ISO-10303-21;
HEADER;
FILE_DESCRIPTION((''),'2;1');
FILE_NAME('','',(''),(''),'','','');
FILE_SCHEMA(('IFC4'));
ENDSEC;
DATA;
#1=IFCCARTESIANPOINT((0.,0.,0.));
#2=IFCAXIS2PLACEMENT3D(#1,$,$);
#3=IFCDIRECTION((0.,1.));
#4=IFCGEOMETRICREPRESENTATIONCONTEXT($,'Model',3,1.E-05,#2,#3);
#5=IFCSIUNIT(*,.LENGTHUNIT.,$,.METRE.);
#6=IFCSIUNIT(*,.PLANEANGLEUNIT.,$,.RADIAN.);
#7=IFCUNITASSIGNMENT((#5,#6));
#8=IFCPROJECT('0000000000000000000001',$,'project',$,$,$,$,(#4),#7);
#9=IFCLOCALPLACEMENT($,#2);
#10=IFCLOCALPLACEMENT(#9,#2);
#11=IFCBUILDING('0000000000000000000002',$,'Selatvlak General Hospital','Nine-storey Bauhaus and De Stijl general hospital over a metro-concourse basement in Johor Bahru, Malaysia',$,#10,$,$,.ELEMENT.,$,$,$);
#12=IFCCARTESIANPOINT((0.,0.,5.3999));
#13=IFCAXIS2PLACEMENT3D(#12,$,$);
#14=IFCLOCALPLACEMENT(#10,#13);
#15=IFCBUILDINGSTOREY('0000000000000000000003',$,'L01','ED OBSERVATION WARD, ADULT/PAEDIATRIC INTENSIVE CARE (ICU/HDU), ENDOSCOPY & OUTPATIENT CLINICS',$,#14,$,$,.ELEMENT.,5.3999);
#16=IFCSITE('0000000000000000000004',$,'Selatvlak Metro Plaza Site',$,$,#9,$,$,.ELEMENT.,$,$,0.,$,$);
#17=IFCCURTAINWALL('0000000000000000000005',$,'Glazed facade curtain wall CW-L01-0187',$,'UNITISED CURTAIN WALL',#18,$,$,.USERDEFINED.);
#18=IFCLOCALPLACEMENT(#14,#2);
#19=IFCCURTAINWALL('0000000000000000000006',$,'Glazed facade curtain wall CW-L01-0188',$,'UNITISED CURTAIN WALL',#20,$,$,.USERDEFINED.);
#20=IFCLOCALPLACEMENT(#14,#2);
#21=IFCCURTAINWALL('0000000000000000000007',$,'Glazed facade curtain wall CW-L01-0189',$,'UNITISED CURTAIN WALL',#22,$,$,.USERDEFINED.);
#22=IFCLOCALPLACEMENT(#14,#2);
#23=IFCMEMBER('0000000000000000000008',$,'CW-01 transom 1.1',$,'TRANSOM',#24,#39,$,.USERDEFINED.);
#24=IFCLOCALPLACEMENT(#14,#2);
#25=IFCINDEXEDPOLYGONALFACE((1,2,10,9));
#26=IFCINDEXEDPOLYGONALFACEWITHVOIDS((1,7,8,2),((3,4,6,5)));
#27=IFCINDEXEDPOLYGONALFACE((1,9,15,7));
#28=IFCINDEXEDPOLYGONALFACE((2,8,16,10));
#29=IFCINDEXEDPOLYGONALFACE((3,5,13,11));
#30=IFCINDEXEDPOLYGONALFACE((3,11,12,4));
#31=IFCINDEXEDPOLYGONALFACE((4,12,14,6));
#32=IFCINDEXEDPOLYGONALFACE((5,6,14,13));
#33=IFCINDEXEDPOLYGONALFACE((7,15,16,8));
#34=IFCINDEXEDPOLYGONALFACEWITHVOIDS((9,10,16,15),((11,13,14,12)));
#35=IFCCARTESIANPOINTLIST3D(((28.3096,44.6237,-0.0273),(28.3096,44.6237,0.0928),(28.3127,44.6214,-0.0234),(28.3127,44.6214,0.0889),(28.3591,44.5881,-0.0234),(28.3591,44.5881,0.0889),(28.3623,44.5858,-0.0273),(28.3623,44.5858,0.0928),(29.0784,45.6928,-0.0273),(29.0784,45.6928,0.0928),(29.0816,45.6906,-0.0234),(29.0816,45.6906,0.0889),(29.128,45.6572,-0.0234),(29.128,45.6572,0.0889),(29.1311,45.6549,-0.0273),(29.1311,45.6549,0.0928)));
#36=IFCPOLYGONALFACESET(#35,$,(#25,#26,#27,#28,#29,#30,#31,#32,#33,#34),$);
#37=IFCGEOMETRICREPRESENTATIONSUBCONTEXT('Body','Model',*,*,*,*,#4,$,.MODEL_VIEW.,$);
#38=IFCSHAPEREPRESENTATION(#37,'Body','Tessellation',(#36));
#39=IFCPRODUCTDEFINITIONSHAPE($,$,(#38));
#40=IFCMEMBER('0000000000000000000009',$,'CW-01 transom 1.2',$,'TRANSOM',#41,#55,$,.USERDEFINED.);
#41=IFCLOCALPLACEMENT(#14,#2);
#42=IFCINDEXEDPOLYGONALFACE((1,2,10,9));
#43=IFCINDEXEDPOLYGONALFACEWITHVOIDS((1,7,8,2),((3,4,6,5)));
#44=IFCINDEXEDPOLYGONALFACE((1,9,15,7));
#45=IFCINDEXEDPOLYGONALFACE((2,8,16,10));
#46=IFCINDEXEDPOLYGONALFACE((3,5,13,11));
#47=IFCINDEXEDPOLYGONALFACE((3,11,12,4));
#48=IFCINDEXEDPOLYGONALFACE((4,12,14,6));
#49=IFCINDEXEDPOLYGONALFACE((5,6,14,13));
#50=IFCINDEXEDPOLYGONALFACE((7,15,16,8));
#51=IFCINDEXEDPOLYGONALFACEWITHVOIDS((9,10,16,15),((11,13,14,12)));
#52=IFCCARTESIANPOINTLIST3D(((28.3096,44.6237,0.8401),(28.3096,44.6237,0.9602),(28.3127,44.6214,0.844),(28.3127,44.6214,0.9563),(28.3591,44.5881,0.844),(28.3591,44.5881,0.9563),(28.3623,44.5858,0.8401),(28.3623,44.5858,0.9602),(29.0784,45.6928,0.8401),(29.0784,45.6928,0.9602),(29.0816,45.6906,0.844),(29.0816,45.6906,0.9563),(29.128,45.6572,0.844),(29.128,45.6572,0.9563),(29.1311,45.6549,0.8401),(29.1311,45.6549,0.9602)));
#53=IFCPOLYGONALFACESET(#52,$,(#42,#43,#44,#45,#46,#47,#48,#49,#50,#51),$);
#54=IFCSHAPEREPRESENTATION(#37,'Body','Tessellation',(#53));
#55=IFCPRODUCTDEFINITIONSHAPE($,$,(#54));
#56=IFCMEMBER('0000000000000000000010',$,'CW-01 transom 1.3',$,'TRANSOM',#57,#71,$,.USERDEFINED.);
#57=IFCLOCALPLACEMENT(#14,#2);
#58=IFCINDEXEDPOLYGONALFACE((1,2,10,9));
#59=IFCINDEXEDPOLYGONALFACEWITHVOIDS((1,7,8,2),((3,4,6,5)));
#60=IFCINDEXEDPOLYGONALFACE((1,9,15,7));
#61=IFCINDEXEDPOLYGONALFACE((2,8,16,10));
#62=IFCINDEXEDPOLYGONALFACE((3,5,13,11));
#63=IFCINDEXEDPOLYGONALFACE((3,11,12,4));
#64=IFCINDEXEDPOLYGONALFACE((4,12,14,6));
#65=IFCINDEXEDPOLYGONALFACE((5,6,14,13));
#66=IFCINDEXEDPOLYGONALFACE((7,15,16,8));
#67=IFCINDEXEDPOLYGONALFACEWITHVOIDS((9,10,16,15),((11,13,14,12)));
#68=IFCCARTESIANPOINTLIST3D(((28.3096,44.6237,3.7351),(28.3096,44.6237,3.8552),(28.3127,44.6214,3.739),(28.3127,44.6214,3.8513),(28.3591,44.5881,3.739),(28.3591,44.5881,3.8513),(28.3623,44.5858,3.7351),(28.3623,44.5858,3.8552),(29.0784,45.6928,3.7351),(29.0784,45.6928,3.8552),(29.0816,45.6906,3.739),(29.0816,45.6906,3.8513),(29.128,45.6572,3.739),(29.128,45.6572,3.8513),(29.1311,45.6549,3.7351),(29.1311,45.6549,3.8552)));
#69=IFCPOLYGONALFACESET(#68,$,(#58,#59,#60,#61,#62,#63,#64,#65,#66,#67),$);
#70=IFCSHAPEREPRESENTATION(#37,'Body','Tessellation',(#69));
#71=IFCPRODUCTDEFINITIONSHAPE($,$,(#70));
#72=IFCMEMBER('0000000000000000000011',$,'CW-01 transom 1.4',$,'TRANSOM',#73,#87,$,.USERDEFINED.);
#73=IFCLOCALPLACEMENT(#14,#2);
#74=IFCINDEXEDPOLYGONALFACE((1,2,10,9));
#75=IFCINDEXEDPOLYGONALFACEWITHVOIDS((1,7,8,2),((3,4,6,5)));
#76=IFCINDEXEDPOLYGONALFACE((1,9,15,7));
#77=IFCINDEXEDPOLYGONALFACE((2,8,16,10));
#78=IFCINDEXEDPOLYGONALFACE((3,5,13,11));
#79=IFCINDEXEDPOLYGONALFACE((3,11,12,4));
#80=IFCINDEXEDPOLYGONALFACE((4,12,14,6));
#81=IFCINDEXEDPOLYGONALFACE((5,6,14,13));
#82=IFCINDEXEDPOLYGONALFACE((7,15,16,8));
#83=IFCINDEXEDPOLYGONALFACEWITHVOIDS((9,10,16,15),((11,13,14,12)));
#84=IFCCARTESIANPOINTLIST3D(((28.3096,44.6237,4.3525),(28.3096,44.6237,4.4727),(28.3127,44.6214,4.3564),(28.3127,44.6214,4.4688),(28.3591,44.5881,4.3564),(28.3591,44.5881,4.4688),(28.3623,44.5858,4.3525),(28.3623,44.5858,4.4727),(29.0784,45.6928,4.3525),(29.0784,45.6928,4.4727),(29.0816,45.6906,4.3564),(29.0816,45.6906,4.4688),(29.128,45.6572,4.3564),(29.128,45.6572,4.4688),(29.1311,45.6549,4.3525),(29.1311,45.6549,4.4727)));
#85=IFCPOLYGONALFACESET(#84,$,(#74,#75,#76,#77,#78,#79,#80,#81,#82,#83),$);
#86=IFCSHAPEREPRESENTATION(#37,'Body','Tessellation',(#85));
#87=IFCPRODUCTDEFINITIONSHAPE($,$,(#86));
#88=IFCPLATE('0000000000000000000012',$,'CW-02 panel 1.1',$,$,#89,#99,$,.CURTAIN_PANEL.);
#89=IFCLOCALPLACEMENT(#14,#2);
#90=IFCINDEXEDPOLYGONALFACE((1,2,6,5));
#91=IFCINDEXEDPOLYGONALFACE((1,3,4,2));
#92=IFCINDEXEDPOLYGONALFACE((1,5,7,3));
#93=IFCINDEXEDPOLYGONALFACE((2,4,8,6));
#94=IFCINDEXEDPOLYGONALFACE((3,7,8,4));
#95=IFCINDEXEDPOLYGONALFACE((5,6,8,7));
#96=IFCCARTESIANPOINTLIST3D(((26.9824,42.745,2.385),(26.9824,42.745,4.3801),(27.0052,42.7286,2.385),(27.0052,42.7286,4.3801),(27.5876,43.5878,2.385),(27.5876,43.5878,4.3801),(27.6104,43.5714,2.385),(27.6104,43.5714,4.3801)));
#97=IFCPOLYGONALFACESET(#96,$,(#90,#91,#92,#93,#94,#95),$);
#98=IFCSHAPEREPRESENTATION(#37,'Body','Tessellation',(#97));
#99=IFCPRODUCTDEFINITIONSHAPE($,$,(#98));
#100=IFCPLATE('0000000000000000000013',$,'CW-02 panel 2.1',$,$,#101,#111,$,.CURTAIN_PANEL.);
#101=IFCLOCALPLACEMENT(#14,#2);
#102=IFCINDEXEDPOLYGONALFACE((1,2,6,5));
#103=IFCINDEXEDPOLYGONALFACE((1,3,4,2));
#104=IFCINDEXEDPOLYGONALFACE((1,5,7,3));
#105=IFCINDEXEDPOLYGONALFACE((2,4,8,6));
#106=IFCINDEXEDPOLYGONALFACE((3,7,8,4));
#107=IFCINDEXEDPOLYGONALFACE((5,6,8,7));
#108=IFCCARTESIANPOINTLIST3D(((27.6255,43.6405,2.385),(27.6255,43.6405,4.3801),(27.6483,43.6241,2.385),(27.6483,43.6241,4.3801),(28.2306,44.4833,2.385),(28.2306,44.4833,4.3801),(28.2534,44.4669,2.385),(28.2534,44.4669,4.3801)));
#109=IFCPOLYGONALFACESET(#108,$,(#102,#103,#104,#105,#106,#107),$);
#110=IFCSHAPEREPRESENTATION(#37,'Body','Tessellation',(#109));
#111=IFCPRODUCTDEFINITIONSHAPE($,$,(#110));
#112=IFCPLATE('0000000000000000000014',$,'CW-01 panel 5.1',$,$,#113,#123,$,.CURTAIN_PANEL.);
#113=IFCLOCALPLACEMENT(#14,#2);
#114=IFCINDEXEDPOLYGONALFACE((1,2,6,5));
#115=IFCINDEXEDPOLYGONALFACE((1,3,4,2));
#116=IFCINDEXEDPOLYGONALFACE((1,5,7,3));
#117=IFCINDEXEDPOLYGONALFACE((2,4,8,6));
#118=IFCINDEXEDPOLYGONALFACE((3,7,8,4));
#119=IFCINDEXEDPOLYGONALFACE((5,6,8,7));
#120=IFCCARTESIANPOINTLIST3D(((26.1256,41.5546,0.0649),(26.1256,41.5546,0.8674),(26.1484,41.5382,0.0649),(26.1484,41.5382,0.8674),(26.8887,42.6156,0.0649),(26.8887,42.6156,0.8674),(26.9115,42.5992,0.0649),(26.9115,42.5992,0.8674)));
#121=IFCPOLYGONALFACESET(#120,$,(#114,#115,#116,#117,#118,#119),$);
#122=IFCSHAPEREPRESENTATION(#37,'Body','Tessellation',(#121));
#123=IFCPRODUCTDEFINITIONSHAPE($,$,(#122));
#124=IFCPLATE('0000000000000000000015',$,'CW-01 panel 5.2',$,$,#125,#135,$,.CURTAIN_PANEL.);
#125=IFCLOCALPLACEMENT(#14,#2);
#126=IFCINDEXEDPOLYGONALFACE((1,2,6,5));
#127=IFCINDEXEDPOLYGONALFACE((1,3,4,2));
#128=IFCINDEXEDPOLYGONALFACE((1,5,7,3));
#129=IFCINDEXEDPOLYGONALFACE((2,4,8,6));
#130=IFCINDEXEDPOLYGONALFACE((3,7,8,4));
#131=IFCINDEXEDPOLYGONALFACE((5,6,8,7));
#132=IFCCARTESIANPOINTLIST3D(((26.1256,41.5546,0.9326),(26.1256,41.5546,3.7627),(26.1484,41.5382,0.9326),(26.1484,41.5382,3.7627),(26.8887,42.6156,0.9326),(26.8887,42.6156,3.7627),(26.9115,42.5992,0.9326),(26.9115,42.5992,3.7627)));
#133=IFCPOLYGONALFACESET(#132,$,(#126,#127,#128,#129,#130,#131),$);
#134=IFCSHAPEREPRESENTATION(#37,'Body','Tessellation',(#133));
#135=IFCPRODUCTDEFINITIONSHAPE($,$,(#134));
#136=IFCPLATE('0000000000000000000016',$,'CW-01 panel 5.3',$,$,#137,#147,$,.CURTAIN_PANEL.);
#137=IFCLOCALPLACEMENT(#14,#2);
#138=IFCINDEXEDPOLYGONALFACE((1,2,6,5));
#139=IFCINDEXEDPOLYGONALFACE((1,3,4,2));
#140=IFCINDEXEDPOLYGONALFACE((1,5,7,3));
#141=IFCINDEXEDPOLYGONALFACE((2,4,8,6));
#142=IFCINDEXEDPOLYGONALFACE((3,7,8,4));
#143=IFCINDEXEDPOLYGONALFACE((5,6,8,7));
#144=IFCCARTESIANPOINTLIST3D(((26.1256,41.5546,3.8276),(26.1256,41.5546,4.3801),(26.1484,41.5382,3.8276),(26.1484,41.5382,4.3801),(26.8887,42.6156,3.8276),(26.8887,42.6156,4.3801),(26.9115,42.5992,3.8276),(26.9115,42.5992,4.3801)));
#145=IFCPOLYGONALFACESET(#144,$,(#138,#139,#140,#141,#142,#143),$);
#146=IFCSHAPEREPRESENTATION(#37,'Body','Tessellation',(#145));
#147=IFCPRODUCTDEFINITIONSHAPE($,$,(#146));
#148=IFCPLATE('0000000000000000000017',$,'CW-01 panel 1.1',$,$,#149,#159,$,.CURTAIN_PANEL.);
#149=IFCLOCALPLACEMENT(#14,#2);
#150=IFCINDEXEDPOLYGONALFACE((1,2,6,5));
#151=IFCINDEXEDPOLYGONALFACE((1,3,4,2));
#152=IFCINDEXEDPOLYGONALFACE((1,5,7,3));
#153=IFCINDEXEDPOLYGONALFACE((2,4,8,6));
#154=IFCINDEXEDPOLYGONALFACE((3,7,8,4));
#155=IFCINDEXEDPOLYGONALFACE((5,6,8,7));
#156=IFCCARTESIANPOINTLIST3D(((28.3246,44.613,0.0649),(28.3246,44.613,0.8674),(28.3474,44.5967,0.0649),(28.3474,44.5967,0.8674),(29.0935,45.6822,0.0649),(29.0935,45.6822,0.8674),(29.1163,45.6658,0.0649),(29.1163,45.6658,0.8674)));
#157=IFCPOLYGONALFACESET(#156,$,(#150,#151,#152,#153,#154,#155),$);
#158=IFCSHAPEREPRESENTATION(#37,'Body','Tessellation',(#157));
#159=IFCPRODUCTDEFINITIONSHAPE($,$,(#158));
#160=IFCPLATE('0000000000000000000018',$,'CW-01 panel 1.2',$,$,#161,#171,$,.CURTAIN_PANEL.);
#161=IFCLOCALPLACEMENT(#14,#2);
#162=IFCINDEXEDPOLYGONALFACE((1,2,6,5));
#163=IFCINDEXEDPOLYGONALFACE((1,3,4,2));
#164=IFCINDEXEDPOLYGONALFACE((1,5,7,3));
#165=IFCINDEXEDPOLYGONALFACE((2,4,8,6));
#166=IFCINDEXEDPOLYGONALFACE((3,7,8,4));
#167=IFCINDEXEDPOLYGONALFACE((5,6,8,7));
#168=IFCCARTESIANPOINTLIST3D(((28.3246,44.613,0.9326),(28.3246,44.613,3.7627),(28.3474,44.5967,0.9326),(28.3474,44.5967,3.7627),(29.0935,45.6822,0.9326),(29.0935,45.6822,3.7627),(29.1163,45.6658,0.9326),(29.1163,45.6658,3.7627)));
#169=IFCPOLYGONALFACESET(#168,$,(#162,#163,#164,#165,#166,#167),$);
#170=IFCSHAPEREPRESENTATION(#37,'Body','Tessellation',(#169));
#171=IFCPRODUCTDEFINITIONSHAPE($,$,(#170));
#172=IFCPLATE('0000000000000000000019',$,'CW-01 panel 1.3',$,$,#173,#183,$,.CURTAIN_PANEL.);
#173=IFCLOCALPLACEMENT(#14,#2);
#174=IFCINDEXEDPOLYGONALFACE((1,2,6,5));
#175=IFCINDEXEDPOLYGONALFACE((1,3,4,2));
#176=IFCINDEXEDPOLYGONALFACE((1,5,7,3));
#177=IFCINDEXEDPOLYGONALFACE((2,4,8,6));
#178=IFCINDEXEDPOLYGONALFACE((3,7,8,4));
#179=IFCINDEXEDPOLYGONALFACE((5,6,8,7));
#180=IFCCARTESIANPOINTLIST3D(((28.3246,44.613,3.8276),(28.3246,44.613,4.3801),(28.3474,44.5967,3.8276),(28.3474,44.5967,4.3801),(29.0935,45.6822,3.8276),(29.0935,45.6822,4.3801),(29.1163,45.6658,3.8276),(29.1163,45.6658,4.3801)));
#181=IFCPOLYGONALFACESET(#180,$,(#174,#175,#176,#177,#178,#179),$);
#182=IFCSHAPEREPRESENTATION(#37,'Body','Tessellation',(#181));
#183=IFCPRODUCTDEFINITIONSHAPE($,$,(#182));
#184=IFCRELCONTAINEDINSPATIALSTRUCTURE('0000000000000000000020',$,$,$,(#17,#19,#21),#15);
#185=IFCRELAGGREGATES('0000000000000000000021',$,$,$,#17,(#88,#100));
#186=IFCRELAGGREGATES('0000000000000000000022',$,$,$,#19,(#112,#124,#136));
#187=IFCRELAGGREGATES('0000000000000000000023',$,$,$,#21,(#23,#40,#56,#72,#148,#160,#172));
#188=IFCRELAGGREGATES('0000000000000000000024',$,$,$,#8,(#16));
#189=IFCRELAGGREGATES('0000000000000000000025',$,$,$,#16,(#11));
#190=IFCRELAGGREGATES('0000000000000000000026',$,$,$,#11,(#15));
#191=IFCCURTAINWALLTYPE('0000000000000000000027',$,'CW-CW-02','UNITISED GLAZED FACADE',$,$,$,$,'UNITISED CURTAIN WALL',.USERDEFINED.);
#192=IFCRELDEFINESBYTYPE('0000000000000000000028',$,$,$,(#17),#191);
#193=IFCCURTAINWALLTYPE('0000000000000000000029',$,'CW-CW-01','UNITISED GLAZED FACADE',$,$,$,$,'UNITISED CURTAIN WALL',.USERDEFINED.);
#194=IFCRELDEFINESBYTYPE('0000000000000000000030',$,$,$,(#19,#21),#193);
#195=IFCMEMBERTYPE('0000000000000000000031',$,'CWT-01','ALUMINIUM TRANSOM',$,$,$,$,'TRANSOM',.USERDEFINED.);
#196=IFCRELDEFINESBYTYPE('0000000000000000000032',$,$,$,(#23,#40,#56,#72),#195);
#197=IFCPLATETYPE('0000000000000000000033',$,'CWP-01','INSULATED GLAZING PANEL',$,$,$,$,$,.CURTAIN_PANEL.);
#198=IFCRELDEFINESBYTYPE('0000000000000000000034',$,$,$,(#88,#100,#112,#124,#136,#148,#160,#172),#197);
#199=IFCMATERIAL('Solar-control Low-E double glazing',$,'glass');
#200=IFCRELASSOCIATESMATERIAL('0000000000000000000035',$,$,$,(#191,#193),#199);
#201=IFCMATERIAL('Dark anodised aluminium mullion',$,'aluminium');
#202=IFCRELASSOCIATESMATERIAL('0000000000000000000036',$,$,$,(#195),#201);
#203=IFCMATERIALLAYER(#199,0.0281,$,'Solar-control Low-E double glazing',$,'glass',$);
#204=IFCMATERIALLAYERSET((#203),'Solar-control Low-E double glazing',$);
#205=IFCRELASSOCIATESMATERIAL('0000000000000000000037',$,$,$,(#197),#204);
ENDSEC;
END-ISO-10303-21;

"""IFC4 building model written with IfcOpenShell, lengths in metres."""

from ifc_helpers import new_model, si_unit, direction, frame, origin, origin_2d, place, context, subcontext, project, spatial, rectangle, hollow_rectangle, extrude, material, layer, layer_set, material_profile, profile_set, type_object, element, aggregate, save


model = new_model("IFC4")

# Units and contexts
model_context = context("Model", 3, precision=1e-05, world=origin(), true_north=direction((0.0, 1.0)))
body_context = subcontext(model_context, "Body", "Model", "MODEL_VIEW")
ifc_project = project(units=[si_unit("LENGTHUNIT", "METRE"), si_unit("PLANEANGLEUNIT", "RADIAN")], contexts=[model_context])

# Site, building, storey
site_placement = place(None, origin())
site = spatial("IfcSite", under=ifc_project, at=site_placement, Name="Selatvlak Metro Plaza Site", CompositionType="ELEMENT", RefElevation=0.0)
building_placement = place(site_placement, origin())
building = spatial("IfcBuilding", under=site, at=building_placement, Name="Selatvlak General Hospital", Description="Nine-storey Bauhaus and De Stijl general hospital over a metro-concourse basement in Johor Bahru, Malaysia", CompositionType="ELEMENT")
storey_placement = place(building_placement, frame((0.0, 0.0, 5.3999)))
storey = spatial("IfcBuildingStorey", under=building, at=storey_placement, Name="L01", Description="ED OBSERVATION WARD, ADULT/PAEDIATRIC INTENSIVE CARE (ICU/HDU), ENDOSCOPY & OUTPATIENT CLINICS", CompositionType="ELEMENT", Elevation=5.3999)

# Curtain wall
ifc_material_1 = material(Name="Solar-control Low-E double glazing", Category="glass")
curtain_wall_type_1 = type_object("IfcCurtainWallType", Name="CW-CW-02", Description="UNITISED GLAZED FACADE", ElementType="UNITISED CURTAIN WALL", PredefinedType="USERDEFINED", material=ifc_material_1)
curtain_wall_1_placement = place(storey_placement, origin())
curtain_wall_1 = element("IfcCurtainWall", 1, at=curtain_wall_1_placement, inside=storey, type_object=curtain_wall_type_1, Name="Glazed facade curtain wall CW-L01-0187", ObjectType="UNITISED CURTAIN WALL", PredefinedType="USERDEFINED")
ifc_material_2 = material(Name="Dark anodised aluminium mullion", Category="aluminium")

# Curtain walls
curtain_wall_type_2 = type_object("IfcCurtainWallType", Name="CW-CW-01", Description="UNITISED GLAZED FACADE", ElementType="UNITISED CURTAIN WALL", PredefinedType="USERDEFINED", material=ifc_material_1)
curtain_wall_2_placement = place(storey_placement, origin())
curtain_wall_2 = element("IfcCurtainWall", 2, at=curtain_wall_2_placement, inside=storey, type_object=curtain_wall_type_2, Name="Glazed facade curtain wall CW-L01-0188", ObjectType="UNITISED CURTAIN WALL", PredefinedType="USERDEFINED")
curtain_wall_3_placement = place(storey_placement, origin())
curtain_wall_3 = element("IfcCurtainWall", 3, at=curtain_wall_3_placement, inside=storey, type_object=curtain_wall_type_2, Name="Glazed facade curtain wall CW-L01-0189", ObjectType="UNITISED CURTAIN WALL", PredefinedType="USERDEFINED")

# Members
ifc_material_profile_1 = material_profile(ifc_material_2, hollow_rectangle(XDim=0.0649, YDim=0.1201, WallThickness=0.0039, at=origin_2d()), Name="AL-TRN 65x120x4")
ifc_profile_set_1 = profile_set([ifc_material_profile_1], Name="Dark anodised aluminium mullion")
member_type_1 = type_object("IfcMemberType", Name="CWT-01", Description="ALUMINIUM TRANSOM", ElementType="TRANSOM", PredefinedType="USERDEFINED", material=ifc_profile_set_1)
member_1_placement = place(storey_placement, frame((28.3359, 44.6047, 0.0327), z_axis=(0.583831, 0.811875, 0.0), x_axis=(-0.811875, 0.583831, 0.0)))
member_1 = element("IfcMember", 4, at=member_1_placement, type_object=member_type_1, Name="CW-01 transom 1.1", ObjectType="TRANSOM", PredefinedType="USERDEFINED", context=body_context, shape_type="SweptSolid", body=[
    extrude(hollow_rectangle(XDim=0.0649, YDim=0.1201, WallThickness=0.0039, at=origin_2d()), origin(), (0.0, 0.0, 1.0), 1.3169),
])
member_2_placement = place(storey_placement, frame((28.3359, 44.6047, 0.9001), z_axis=(0.583831, 0.811875, 0.0), x_axis=(-0.811875, 0.583831, 0.0)))
member_2 = element("IfcMember", 5, at=member_2_placement, type_object=member_type_1, Name="CW-01 transom 1.2", ObjectType="TRANSOM", PredefinedType="USERDEFINED", context=body_context, shape_type="SweptSolid", body=[
    extrude(hollow_rectangle(XDim=0.0649, YDim=0.1201, WallThickness=0.0039, at=origin_2d()), origin(), (0.0, 0.0, 1.0), 1.3169),
])
member_3_placement = place(storey_placement, frame((28.3359, 44.6047, 3.7952), z_axis=(0.583831, 0.811875, 0.0), x_axis=(-0.811875, 0.583831, 0.0)))
member_3 = element("IfcMember", 6, at=member_3_placement, type_object=member_type_1, Name="CW-01 transom 1.3", ObjectType="TRANSOM", PredefinedType="USERDEFINED", context=body_context, shape_type="SweptSolid", body=[
    extrude(hollow_rectangle(XDim=0.0649, YDim=0.1201, WallThickness=0.0039, at=origin_2d()), origin(), (0.0, 0.0, 1.0), 1.3169),
])
member_4_placement = place(storey_placement, frame((28.3359, 44.6047, 4.4126), z_axis=(0.583831, 0.811875, 0.0), x_axis=(-0.811875, 0.583831, 0.0)))
member_4 = element("IfcMember", 7, at=member_4_placement, type_object=member_type_1, Name="CW-01 transom 1.4", ObjectType="TRANSOM", PredefinedType="USERDEFINED", context=body_context, shape_type="SweptSolid", body=[
    extrude(hollow_rectangle(XDim=0.0649, YDim=0.1201, WallThickness=0.0039, at=origin_2d()), origin(), (0.0, 0.0, 1.0), 1.3169),
])

# Plates
ifc_layer_1 = layer(ifc_material_1, 0.0281, Name="Solar-control Low-E double glazing", Category="glass")
ifc_layer_set_1 = layer_set([ifc_layer_1], Name="Solar-control Low-E double glazing")
plate_type = type_object("IfcPlateType", Name="CWP-01", Description="INSULATED GLAZING PANEL", PredefinedType="CURTAIN_PANEL", material=ifc_layer_set_1)
plate_1_placement = place(storey_placement, frame((27.2964, 43.1582, 2.385), z_axis=(0.0, 0.0, 1.0), x_axis=(0.583237, 0.812302, 0.0)))
plate_1 = element("IfcPlate", 8, at=plate_1_placement, type_object=plate_type, Name="CW-02 panel 1.1", PredefinedType="CURTAIN_PANEL", context=body_context, shape_type="SweptSolid", body=[
    extrude(rectangle(XDim=1.0376, YDim=0.0281, at=origin_2d()), origin(), (0.0, 0.0, 1.0), 1.9951),
])
plate_2_placement = place(storey_placement, frame((27.9395, 44.0537, 2.385), z_axis=(0.0, 0.0, 1.0), x_axis=(0.583237, 0.812302, 0.0)))
plate_2 = element("IfcPlate", 9, at=plate_2_placement, type_object=plate_type, Name="CW-02 panel 2.1", PredefinedType="CURTAIN_PANEL", context=body_context, shape_type="SweptSolid", body=[
    extrude(rectangle(XDim=1.0376, YDim=0.0281, at=origin_2d()), origin(), (0.0, 0.0, 1.0), 1.9951),
])
aggregate(curtain_wall_1, [plate_1, plate_2])
plate_3_placement = place(storey_placement, frame((26.5186, 42.0769, 0.0649), z_axis=(0.0, 0.0, 1.0), x_axis=(0.583929, 0.811804, 0.0)))
plate_3 = element("IfcPlate", 10, at=plate_3_placement, type_object=plate_type, Name="CW-01 panel 5.1", PredefinedType="CURTAIN_PANEL", context=body_context, shape_type="SweptSolid", body=[
    extrude(rectangle(XDim=1.3069, YDim=0.0281, at=origin_2d()), origin(), (0.0, 0.0, 1.0), 0.8025),
])
plate_4_placement = place(storey_placement, frame((26.5186, 42.0769, 0.9326), z_axis=(0.0, 0.0, 1.0), x_axis=(0.583929, 0.811804, 0.0)))
plate_4 = element("IfcPlate", 11, at=plate_4_placement, type_object=plate_type, Name="CW-01 panel 5.2", PredefinedType="CURTAIN_PANEL", context=body_context, shape_type="SweptSolid", body=[
    extrude(rectangle(XDim=1.3069, YDim=0.0281, at=origin_2d()), origin(), (0.0, 0.0, 1.0), 2.8301),
])
plate_5_placement = place(storey_placement, frame((26.5186, 42.0769, 3.8276), z_axis=(0.0, 0.0, 1.0), x_axis=(0.583929, 0.811804, 0.0)))
plate_5 = element("IfcPlate", 12, at=plate_5_placement, type_object=plate_type, Name="CW-01 panel 5.3", PredefinedType="CURTAIN_PANEL", context=body_context, shape_type="SweptSolid", body=[
    extrude(rectangle(XDim=1.3069, YDim=0.0281, at=origin_2d()), origin(), (0.0, 0.0, 1.0), 0.5525),
])
aggregate(curtain_wall_2, [plate_3, plate_4, plate_5])
plate_6_placement = place(storey_placement, frame((28.7205, 45.1394, 0.0649), z_axis=(0.0, 0.0, 1.0), x_axis=(0.583884, 0.811837, 0.0)))
plate_6 = element("IfcPlate", 13, at=plate_6_placement, type_object=plate_type, Name="CW-01 panel 1.1", PredefinedType="CURTAIN_PANEL", context=body_context, shape_type="SweptSolid", body=[
    extrude(rectangle(XDim=1.3169, YDim=0.0281, at=origin_2d()), origin(), (0.0, 0.0, 1.0), 0.8025),
])
plate_7_placement = place(storey_placement, frame((28.7205, 45.1394, 0.9326), z_axis=(0.0, 0.0, 1.0), x_axis=(0.583884, 0.811837, 0.0)))
plate_7 = element("IfcPlate", 14, at=plate_7_placement, type_object=plate_type, Name="CW-01 panel 1.2", PredefinedType="CURTAIN_PANEL", context=body_context, shape_type="SweptSolid", body=[
    extrude(rectangle(XDim=1.3169, YDim=0.0281, at=origin_2d()), origin(), (0.0, 0.0, 1.0), 2.8301),
])
plate_8_placement = place(storey_placement, frame((28.7205, 45.1394, 3.8276), z_axis=(0.0, 0.0, 1.0), x_axis=(0.583884, 0.811837, 0.0)))
plate_8 = element("IfcPlate", 15, at=plate_8_placement, type_object=plate_type, Name="CW-01 panel 1.3", PredefinedType="CURTAIN_PANEL", context=body_context, shape_type="SweptSolid", body=[
    extrude(rectangle(XDim=1.3169, YDim=0.0281, at=origin_2d()), origin(), (0.0, 0.0, 1.0), 0.5525),
])
aggregate(curtain_wall_3, [member_1, member_2, member_3, member_4, plate_6, plate_7, plate_8])

save(model, "model.ifc")
